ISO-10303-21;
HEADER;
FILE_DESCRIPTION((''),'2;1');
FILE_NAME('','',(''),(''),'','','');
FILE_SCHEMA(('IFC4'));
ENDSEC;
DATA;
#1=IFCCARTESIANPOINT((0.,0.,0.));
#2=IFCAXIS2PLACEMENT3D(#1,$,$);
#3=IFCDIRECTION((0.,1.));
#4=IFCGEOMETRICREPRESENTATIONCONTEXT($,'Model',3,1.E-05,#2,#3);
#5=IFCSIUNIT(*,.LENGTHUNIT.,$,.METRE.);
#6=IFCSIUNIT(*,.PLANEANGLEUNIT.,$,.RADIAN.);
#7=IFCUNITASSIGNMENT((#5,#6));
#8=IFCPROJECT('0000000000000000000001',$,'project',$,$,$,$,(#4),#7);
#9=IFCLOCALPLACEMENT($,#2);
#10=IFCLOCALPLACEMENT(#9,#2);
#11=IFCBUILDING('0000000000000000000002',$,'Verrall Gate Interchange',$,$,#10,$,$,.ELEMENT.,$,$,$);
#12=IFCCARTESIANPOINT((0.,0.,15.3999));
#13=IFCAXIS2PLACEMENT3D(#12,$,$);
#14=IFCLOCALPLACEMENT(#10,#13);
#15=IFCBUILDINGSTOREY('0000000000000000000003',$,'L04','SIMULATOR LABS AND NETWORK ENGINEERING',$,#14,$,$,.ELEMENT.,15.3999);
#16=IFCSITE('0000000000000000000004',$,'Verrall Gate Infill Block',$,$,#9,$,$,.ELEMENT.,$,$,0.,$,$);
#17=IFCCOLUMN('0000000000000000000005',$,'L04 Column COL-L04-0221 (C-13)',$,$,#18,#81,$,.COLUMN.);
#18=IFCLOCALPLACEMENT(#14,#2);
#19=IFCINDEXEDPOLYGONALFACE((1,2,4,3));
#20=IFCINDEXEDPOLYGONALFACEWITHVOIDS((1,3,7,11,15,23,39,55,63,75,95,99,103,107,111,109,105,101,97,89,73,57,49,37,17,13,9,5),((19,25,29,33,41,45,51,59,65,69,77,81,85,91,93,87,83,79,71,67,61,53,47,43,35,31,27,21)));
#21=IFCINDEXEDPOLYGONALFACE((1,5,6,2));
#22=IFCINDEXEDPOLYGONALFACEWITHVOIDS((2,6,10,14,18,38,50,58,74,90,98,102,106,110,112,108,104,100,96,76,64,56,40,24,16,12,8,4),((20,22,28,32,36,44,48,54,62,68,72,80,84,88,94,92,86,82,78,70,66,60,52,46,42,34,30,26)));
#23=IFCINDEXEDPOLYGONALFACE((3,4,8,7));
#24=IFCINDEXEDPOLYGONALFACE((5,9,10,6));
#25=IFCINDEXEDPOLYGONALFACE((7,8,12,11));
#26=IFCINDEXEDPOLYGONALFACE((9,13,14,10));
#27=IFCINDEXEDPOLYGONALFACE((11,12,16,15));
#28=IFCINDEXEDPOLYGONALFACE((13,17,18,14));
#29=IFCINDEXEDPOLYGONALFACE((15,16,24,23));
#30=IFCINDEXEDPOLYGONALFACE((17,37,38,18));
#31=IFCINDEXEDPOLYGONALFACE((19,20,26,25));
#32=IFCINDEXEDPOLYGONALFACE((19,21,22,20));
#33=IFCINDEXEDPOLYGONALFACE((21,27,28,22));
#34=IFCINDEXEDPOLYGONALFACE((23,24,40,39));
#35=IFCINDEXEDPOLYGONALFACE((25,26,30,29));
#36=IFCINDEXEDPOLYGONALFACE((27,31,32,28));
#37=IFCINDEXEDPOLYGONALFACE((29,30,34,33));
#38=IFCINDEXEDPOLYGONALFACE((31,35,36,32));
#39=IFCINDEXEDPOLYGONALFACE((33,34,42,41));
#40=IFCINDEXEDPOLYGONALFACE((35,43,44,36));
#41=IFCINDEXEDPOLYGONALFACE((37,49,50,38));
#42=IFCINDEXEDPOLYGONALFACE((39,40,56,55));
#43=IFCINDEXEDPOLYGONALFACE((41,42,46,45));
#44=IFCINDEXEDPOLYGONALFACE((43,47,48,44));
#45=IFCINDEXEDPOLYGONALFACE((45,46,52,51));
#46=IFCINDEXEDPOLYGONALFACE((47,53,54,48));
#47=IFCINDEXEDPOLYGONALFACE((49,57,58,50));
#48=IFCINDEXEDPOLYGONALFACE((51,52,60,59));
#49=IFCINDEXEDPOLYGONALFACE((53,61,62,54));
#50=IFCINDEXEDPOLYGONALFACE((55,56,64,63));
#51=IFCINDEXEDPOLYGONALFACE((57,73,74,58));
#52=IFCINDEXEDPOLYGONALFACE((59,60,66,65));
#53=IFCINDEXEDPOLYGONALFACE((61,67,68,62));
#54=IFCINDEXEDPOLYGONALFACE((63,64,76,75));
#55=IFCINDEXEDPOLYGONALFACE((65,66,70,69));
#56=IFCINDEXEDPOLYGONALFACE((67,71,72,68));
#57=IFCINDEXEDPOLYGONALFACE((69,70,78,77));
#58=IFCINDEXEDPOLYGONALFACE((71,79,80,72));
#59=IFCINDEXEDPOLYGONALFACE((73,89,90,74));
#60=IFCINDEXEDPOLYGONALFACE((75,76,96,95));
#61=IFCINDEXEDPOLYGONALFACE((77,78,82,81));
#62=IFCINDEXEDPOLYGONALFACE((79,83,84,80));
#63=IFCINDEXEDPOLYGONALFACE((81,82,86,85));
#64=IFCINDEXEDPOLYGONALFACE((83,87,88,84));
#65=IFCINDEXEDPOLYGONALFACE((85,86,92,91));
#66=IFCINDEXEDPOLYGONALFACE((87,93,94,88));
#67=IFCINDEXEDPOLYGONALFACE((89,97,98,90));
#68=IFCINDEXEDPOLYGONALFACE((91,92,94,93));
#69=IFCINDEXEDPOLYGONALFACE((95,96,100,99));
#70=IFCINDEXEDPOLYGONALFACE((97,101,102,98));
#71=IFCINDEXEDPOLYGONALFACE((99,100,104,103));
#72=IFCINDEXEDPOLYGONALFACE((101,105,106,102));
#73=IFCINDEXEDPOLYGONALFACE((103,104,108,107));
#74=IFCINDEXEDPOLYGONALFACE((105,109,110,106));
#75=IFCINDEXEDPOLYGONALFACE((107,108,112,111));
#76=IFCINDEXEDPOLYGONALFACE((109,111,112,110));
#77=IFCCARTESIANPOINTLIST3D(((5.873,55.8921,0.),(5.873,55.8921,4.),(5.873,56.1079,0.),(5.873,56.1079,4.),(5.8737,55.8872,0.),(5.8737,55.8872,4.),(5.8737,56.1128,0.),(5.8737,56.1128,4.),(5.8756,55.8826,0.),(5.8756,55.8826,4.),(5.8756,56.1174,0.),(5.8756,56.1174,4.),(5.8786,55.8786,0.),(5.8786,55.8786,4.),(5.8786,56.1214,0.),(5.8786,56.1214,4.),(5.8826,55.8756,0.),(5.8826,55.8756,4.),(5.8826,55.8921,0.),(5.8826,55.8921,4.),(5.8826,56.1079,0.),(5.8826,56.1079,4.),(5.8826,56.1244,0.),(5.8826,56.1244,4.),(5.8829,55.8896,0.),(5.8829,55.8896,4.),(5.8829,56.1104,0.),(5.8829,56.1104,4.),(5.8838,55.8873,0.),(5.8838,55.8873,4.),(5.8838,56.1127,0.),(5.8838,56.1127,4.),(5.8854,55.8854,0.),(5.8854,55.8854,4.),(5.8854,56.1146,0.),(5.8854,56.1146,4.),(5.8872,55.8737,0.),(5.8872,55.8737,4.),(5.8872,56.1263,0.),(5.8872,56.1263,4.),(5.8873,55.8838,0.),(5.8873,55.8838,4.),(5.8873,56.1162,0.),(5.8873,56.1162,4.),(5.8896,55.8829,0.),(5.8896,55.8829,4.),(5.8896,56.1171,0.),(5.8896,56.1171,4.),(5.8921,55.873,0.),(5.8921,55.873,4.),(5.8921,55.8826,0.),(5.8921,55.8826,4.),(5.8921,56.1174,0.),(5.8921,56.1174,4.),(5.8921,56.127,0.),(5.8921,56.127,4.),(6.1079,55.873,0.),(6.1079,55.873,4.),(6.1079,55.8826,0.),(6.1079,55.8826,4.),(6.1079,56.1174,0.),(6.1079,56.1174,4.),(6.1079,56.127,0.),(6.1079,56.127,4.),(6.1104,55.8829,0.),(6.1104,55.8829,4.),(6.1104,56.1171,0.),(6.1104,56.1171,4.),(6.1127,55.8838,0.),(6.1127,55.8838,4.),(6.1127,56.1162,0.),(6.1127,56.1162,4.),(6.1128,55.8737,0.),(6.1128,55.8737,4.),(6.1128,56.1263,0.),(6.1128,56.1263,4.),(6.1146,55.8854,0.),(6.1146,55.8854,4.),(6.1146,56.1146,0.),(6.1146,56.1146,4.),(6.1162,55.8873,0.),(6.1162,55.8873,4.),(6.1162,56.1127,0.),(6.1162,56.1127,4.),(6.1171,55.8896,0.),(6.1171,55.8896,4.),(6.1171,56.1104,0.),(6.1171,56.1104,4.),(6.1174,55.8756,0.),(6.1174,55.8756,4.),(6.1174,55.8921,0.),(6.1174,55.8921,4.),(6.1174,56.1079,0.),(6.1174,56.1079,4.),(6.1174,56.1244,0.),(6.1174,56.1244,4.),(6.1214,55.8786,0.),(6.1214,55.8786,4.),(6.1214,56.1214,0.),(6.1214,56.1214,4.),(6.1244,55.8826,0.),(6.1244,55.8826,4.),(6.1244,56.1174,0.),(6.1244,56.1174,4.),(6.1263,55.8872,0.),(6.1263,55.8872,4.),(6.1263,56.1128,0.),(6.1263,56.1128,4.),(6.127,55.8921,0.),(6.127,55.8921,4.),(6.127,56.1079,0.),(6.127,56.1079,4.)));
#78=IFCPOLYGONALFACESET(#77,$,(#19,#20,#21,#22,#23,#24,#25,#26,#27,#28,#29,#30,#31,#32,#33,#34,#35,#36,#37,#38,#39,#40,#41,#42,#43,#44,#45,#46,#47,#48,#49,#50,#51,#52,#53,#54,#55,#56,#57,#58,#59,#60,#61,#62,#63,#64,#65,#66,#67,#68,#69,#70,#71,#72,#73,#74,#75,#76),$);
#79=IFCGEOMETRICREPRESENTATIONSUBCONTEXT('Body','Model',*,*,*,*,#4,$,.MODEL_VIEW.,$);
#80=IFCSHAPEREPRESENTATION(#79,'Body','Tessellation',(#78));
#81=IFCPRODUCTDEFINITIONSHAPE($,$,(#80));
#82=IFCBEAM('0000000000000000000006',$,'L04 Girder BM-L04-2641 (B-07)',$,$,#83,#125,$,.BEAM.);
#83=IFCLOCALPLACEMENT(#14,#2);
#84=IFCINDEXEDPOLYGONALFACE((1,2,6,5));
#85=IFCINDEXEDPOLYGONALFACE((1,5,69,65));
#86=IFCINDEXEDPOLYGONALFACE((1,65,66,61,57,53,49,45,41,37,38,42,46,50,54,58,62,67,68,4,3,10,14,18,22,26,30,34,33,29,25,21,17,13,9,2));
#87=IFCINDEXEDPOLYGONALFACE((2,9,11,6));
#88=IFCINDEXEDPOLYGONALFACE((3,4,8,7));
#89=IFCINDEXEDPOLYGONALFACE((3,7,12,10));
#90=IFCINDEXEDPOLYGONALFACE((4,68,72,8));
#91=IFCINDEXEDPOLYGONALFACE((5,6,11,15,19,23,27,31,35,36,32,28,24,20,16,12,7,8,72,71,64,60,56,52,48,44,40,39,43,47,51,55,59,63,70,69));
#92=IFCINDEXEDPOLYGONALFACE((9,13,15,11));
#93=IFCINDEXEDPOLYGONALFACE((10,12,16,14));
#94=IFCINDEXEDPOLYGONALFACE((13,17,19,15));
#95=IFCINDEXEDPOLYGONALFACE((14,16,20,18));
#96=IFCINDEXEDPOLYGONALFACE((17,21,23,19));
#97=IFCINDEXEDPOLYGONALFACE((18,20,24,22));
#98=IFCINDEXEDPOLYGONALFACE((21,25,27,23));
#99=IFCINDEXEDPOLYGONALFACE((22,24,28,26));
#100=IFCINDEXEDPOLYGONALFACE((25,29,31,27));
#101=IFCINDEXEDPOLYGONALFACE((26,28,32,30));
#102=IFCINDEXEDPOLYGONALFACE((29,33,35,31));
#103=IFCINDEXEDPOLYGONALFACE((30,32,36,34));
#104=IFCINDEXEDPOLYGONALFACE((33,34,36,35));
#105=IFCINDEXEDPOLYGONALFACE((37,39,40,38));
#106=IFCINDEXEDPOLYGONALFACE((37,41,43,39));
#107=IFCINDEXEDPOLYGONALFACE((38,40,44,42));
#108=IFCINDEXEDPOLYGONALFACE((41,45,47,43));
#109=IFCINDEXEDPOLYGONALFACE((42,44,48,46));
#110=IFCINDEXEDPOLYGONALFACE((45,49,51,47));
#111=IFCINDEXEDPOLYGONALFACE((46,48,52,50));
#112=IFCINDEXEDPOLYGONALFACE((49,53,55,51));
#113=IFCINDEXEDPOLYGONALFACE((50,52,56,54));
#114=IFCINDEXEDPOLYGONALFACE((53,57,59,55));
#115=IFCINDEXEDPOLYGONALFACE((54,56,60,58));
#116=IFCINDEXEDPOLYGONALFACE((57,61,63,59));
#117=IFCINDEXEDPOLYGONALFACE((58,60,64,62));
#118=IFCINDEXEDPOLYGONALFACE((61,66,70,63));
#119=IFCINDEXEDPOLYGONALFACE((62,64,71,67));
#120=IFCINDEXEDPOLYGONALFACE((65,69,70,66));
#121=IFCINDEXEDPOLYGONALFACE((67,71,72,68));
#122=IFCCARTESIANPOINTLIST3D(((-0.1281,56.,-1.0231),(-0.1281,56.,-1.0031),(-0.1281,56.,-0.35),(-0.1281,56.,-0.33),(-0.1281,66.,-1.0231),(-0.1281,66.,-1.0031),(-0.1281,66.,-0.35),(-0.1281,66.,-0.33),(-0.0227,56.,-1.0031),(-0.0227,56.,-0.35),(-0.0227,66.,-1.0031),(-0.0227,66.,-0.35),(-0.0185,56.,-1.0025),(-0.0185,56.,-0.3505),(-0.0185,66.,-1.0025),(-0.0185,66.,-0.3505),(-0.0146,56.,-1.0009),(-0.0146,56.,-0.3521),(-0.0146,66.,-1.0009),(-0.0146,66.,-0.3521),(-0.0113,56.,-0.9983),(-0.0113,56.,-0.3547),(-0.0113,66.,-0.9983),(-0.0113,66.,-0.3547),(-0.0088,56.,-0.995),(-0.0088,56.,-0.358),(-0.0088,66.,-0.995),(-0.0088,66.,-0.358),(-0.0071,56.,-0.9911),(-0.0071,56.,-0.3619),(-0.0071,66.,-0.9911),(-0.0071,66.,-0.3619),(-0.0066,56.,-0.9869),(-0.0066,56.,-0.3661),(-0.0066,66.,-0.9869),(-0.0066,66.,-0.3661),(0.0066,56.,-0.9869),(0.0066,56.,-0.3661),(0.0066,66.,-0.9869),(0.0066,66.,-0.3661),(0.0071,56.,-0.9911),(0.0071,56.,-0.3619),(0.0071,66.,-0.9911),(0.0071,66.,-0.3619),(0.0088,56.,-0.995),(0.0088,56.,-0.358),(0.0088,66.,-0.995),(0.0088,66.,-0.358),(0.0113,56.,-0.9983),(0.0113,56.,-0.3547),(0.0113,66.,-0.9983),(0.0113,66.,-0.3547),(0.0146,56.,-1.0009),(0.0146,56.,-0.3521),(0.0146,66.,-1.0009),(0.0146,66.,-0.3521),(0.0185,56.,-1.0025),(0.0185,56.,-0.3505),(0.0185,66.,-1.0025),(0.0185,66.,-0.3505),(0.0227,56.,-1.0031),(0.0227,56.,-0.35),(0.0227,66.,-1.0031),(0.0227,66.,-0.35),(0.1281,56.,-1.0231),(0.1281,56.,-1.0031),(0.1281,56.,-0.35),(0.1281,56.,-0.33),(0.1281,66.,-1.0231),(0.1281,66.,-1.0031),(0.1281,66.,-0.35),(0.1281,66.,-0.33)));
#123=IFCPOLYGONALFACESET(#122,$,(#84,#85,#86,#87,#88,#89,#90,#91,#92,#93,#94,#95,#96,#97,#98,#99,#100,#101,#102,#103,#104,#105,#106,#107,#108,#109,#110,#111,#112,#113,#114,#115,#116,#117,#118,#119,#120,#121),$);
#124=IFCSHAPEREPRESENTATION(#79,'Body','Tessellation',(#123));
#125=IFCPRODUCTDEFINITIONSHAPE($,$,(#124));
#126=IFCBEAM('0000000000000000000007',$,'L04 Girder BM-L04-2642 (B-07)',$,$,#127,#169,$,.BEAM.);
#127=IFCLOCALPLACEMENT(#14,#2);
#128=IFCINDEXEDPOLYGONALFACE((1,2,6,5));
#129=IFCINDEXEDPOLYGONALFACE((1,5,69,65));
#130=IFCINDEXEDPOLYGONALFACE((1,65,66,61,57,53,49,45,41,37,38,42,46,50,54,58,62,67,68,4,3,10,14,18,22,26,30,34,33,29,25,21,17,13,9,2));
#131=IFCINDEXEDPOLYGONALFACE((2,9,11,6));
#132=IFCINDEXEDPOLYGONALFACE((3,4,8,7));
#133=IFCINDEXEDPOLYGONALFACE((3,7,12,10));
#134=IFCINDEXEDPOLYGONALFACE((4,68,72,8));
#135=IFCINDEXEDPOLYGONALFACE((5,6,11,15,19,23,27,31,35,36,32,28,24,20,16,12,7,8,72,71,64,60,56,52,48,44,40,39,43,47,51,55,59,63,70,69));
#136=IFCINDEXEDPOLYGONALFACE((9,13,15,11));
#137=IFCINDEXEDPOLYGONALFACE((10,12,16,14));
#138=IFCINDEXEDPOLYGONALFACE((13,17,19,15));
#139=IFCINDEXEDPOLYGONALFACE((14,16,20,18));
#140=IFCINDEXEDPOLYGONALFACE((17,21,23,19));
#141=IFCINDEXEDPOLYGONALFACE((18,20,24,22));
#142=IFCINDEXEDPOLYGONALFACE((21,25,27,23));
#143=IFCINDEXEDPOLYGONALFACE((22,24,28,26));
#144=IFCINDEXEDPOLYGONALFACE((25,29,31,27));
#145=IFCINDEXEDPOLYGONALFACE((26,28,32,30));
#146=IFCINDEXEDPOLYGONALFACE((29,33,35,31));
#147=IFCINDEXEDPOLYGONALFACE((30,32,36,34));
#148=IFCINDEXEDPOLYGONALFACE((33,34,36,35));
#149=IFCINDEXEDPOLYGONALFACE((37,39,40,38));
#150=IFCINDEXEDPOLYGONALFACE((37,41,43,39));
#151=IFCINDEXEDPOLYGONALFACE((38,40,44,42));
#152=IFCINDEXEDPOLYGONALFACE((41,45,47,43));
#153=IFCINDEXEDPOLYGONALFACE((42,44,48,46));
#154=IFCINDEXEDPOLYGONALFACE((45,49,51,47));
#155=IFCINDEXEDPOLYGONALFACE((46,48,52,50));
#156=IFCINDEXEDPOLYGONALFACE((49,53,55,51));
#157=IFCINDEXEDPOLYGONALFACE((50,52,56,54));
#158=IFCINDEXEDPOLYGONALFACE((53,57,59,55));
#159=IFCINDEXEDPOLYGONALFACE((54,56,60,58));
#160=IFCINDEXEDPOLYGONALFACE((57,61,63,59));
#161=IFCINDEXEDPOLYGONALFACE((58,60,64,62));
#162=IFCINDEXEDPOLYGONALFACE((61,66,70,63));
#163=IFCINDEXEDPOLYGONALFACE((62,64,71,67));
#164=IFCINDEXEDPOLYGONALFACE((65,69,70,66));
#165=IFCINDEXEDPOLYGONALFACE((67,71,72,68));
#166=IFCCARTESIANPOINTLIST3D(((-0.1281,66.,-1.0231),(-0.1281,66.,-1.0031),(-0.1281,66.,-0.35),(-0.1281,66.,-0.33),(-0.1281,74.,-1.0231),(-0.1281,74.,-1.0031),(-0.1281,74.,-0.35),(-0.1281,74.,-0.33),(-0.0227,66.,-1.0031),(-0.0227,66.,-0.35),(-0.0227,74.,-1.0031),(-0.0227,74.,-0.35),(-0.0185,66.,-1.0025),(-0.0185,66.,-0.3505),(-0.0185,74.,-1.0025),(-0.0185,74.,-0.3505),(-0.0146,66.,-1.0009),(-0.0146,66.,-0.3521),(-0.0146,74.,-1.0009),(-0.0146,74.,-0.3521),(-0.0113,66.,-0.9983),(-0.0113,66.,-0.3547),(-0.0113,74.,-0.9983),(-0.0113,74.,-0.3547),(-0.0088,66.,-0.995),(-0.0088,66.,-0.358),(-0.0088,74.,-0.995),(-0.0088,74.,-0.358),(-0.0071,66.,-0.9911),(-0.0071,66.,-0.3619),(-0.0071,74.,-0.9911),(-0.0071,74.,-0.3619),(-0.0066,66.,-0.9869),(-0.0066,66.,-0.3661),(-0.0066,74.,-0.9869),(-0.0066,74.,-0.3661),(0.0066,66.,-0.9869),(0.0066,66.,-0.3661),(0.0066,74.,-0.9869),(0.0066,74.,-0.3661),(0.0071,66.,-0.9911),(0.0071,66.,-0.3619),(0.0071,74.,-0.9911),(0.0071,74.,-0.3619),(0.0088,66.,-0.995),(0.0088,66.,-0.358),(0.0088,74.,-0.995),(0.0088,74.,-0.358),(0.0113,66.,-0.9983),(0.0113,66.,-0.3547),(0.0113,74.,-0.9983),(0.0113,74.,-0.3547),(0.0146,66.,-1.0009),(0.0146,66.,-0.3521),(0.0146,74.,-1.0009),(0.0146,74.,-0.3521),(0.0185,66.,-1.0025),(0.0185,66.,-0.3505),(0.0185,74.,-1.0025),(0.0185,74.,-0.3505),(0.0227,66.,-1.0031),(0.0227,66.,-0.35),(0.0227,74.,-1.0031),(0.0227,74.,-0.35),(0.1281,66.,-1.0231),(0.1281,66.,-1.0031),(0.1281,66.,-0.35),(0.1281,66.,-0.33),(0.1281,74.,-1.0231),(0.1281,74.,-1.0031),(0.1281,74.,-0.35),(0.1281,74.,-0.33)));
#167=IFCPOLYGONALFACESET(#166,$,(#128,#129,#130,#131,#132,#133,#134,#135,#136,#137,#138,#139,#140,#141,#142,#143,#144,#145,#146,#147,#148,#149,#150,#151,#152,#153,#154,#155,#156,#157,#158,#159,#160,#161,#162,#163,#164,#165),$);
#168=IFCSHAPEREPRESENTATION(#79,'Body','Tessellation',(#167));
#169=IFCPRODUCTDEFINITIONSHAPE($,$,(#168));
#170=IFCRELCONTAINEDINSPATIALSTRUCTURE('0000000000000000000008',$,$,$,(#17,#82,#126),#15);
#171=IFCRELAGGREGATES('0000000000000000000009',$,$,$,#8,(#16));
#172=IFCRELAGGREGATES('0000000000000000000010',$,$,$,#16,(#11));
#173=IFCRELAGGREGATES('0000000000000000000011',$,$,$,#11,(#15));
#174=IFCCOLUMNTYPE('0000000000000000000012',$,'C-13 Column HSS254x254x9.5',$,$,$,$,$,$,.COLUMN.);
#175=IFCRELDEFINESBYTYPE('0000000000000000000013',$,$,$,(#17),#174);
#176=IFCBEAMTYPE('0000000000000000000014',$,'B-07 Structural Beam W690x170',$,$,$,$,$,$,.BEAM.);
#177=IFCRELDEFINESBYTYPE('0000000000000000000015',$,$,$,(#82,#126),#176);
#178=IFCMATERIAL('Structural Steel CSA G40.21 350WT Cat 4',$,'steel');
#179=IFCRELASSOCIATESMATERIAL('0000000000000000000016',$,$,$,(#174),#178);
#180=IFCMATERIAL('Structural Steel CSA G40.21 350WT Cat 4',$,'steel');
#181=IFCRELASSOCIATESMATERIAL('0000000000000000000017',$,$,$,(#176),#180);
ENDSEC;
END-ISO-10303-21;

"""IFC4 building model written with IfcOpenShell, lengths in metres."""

from ifc_helpers import new_model, si_unit, direction, frame, origin, origin_2d, place, context, subcontext, project, spatial, hollow_rectangle, i_section, extrude, material, material_profile, profile_set, type_object, element, save


model = new_model("IFC4")

# Units and contexts
model_context = context("Model", 3, precision=1e-05, world=origin(), true_north=direction((0.0, 1.0)))
body_context = subcontext(model_context, "Body", "Model", "MODEL_VIEW")
ifc_project = project(units=[si_unit("LENGTHUNIT", "METRE"), si_unit("PLANEANGLEUNIT", "RADIAN")], contexts=[model_context])

# Site, building, storey
site_placement = place(None, origin())
site = spatial("IfcSite", under=ifc_project, at=site_placement, Name="Verrall Gate Infill Block", CompositionType="ELEMENT", RefElevation=0.0)
building_placement = place(site_placement, origin())
building = spatial("IfcBuilding", under=site, at=building_placement, Name="Verrall Gate Interchange", CompositionType="ELEMENT")
storey_placement = place(building_placement, frame((0.0, 0.0, 15.3999)))
storey = spatial("IfcBuildingStorey", under=building, at=storey_placement, Name="L04", Description="SIMULATOR LABS AND NETWORK ENGINEERING", CompositionType="ELEMENT", Elevation=15.3999)

# Column
ifc_material_1 = material(Name="Structural Steel CSA G40.21 350WT Cat 4", Category="steel")
ifc_material_profile_1 = material_profile(ifc_material_1, hollow_rectangle(XDim=0.2539, YDim=0.2539, WallThickness=0.0095, InnerFilletRadius=0.0095, OuterFilletRadius=0.019, at=origin_2d()), Name="HSS254x254x9.5")
ifc_profile_set_1 = profile_set([ifc_material_profile_1], Name="Structural Steel CSA G40.21 350WT Cat 4")
column_type_1 = type_object("IfcColumnType", Name="C-13 Column HSS254x254x9.5", PredefinedType="COLUMN", material=ifc_profile_set_1)
for number, where, z_axis, x_axis, name in (
    (1, (6.0, 56.0, 0.0), (0.0, 0.0, 1.0), (1.0, 0.0, 0.0), "L04 Column COL-L04-0221 (C-13)"),
):
    element("IfcColumn", number, at=place(storey_placement, frame(where, z_axis=z_axis, x_axis=x_axis)), inside=storey, type_object=column_type_1, Name=name, PredefinedType="COLUMN", context=body_context, shape_type="SweptSolid", body=[
        extrude(hollow_rectangle(XDim=0.2539, YDim=0.2539, WallThickness=0.0095, InnerFilletRadius=0.0095, OuterFilletRadius=0.019, at=origin_2d()), origin(), (0.0, 0.0, 1.0), 4.0),
    ])

# Beams
ifc_material_2 = material(Name="Structural Steel CSA G40.21 350WT Cat 4", Category="steel")
ifc_material_profile_2 = material_profile(ifc_material_2, i_section(OverallWidth=0.2561, OverallDepth=0.6931, WebThickness=0.0132, FlangeThickness=0.02, FilletRadius=0.0161, at=origin_2d()), Name="W690x170")
ifc_profile_set_2 = profile_set([ifc_material_profile_2], Name="Structural Steel CSA G40.21 350WT Cat 4")
beam_type_1 = type_object("IfcBeamType", Name="B-07 Structural Beam W690x170", PredefinedType="BEAM", material=ifc_profile_set_2)
beam_1_placement = place(storey_placement, frame((0.0, 56.0, -0.6765), z_axis=(0.0, 1.0, 0.0), x_axis=(-1.0, 0.0, 0.0)))
element("IfcBeam", 2, at=beam_1_placement, inside=storey, type_object=beam_type_1, Name="L04 Girder BM-L04-2641 (B-07)", PredefinedType="BEAM", context=body_context, shape_type="SweptSolid", body=[
    extrude(i_section(OverallWidth=0.2561, OverallDepth=0.6931, WebThickness=0.0132, FlangeThickness=0.02, FilletRadius=0.0161, at=origin_2d()), origin(), (0.0, 0.0, 1.0), 10.0),
])
beam_2_placement = place(storey_placement, frame((0.0, 66.0, -0.6765), z_axis=(0.0, 1.0, 0.0), x_axis=(-1.0, 0.0, 0.0)))
element("IfcBeam", 3, at=beam_2_placement, inside=storey, type_object=beam_type_1, Name="L04 Girder BM-L04-2642 (B-07)", PredefinedType="BEAM", context=body_context, shape_type="SweptSolid", body=[
    extrude(i_section(OverallWidth=0.2561, OverallDepth=0.6931, WebThickness=0.0132, FlangeThickness=0.02, FilletRadius=0.0161, at=origin_2d()), origin(), (0.0, 0.0, 1.0), 8.0),
])

save(model, "model.ifc")
